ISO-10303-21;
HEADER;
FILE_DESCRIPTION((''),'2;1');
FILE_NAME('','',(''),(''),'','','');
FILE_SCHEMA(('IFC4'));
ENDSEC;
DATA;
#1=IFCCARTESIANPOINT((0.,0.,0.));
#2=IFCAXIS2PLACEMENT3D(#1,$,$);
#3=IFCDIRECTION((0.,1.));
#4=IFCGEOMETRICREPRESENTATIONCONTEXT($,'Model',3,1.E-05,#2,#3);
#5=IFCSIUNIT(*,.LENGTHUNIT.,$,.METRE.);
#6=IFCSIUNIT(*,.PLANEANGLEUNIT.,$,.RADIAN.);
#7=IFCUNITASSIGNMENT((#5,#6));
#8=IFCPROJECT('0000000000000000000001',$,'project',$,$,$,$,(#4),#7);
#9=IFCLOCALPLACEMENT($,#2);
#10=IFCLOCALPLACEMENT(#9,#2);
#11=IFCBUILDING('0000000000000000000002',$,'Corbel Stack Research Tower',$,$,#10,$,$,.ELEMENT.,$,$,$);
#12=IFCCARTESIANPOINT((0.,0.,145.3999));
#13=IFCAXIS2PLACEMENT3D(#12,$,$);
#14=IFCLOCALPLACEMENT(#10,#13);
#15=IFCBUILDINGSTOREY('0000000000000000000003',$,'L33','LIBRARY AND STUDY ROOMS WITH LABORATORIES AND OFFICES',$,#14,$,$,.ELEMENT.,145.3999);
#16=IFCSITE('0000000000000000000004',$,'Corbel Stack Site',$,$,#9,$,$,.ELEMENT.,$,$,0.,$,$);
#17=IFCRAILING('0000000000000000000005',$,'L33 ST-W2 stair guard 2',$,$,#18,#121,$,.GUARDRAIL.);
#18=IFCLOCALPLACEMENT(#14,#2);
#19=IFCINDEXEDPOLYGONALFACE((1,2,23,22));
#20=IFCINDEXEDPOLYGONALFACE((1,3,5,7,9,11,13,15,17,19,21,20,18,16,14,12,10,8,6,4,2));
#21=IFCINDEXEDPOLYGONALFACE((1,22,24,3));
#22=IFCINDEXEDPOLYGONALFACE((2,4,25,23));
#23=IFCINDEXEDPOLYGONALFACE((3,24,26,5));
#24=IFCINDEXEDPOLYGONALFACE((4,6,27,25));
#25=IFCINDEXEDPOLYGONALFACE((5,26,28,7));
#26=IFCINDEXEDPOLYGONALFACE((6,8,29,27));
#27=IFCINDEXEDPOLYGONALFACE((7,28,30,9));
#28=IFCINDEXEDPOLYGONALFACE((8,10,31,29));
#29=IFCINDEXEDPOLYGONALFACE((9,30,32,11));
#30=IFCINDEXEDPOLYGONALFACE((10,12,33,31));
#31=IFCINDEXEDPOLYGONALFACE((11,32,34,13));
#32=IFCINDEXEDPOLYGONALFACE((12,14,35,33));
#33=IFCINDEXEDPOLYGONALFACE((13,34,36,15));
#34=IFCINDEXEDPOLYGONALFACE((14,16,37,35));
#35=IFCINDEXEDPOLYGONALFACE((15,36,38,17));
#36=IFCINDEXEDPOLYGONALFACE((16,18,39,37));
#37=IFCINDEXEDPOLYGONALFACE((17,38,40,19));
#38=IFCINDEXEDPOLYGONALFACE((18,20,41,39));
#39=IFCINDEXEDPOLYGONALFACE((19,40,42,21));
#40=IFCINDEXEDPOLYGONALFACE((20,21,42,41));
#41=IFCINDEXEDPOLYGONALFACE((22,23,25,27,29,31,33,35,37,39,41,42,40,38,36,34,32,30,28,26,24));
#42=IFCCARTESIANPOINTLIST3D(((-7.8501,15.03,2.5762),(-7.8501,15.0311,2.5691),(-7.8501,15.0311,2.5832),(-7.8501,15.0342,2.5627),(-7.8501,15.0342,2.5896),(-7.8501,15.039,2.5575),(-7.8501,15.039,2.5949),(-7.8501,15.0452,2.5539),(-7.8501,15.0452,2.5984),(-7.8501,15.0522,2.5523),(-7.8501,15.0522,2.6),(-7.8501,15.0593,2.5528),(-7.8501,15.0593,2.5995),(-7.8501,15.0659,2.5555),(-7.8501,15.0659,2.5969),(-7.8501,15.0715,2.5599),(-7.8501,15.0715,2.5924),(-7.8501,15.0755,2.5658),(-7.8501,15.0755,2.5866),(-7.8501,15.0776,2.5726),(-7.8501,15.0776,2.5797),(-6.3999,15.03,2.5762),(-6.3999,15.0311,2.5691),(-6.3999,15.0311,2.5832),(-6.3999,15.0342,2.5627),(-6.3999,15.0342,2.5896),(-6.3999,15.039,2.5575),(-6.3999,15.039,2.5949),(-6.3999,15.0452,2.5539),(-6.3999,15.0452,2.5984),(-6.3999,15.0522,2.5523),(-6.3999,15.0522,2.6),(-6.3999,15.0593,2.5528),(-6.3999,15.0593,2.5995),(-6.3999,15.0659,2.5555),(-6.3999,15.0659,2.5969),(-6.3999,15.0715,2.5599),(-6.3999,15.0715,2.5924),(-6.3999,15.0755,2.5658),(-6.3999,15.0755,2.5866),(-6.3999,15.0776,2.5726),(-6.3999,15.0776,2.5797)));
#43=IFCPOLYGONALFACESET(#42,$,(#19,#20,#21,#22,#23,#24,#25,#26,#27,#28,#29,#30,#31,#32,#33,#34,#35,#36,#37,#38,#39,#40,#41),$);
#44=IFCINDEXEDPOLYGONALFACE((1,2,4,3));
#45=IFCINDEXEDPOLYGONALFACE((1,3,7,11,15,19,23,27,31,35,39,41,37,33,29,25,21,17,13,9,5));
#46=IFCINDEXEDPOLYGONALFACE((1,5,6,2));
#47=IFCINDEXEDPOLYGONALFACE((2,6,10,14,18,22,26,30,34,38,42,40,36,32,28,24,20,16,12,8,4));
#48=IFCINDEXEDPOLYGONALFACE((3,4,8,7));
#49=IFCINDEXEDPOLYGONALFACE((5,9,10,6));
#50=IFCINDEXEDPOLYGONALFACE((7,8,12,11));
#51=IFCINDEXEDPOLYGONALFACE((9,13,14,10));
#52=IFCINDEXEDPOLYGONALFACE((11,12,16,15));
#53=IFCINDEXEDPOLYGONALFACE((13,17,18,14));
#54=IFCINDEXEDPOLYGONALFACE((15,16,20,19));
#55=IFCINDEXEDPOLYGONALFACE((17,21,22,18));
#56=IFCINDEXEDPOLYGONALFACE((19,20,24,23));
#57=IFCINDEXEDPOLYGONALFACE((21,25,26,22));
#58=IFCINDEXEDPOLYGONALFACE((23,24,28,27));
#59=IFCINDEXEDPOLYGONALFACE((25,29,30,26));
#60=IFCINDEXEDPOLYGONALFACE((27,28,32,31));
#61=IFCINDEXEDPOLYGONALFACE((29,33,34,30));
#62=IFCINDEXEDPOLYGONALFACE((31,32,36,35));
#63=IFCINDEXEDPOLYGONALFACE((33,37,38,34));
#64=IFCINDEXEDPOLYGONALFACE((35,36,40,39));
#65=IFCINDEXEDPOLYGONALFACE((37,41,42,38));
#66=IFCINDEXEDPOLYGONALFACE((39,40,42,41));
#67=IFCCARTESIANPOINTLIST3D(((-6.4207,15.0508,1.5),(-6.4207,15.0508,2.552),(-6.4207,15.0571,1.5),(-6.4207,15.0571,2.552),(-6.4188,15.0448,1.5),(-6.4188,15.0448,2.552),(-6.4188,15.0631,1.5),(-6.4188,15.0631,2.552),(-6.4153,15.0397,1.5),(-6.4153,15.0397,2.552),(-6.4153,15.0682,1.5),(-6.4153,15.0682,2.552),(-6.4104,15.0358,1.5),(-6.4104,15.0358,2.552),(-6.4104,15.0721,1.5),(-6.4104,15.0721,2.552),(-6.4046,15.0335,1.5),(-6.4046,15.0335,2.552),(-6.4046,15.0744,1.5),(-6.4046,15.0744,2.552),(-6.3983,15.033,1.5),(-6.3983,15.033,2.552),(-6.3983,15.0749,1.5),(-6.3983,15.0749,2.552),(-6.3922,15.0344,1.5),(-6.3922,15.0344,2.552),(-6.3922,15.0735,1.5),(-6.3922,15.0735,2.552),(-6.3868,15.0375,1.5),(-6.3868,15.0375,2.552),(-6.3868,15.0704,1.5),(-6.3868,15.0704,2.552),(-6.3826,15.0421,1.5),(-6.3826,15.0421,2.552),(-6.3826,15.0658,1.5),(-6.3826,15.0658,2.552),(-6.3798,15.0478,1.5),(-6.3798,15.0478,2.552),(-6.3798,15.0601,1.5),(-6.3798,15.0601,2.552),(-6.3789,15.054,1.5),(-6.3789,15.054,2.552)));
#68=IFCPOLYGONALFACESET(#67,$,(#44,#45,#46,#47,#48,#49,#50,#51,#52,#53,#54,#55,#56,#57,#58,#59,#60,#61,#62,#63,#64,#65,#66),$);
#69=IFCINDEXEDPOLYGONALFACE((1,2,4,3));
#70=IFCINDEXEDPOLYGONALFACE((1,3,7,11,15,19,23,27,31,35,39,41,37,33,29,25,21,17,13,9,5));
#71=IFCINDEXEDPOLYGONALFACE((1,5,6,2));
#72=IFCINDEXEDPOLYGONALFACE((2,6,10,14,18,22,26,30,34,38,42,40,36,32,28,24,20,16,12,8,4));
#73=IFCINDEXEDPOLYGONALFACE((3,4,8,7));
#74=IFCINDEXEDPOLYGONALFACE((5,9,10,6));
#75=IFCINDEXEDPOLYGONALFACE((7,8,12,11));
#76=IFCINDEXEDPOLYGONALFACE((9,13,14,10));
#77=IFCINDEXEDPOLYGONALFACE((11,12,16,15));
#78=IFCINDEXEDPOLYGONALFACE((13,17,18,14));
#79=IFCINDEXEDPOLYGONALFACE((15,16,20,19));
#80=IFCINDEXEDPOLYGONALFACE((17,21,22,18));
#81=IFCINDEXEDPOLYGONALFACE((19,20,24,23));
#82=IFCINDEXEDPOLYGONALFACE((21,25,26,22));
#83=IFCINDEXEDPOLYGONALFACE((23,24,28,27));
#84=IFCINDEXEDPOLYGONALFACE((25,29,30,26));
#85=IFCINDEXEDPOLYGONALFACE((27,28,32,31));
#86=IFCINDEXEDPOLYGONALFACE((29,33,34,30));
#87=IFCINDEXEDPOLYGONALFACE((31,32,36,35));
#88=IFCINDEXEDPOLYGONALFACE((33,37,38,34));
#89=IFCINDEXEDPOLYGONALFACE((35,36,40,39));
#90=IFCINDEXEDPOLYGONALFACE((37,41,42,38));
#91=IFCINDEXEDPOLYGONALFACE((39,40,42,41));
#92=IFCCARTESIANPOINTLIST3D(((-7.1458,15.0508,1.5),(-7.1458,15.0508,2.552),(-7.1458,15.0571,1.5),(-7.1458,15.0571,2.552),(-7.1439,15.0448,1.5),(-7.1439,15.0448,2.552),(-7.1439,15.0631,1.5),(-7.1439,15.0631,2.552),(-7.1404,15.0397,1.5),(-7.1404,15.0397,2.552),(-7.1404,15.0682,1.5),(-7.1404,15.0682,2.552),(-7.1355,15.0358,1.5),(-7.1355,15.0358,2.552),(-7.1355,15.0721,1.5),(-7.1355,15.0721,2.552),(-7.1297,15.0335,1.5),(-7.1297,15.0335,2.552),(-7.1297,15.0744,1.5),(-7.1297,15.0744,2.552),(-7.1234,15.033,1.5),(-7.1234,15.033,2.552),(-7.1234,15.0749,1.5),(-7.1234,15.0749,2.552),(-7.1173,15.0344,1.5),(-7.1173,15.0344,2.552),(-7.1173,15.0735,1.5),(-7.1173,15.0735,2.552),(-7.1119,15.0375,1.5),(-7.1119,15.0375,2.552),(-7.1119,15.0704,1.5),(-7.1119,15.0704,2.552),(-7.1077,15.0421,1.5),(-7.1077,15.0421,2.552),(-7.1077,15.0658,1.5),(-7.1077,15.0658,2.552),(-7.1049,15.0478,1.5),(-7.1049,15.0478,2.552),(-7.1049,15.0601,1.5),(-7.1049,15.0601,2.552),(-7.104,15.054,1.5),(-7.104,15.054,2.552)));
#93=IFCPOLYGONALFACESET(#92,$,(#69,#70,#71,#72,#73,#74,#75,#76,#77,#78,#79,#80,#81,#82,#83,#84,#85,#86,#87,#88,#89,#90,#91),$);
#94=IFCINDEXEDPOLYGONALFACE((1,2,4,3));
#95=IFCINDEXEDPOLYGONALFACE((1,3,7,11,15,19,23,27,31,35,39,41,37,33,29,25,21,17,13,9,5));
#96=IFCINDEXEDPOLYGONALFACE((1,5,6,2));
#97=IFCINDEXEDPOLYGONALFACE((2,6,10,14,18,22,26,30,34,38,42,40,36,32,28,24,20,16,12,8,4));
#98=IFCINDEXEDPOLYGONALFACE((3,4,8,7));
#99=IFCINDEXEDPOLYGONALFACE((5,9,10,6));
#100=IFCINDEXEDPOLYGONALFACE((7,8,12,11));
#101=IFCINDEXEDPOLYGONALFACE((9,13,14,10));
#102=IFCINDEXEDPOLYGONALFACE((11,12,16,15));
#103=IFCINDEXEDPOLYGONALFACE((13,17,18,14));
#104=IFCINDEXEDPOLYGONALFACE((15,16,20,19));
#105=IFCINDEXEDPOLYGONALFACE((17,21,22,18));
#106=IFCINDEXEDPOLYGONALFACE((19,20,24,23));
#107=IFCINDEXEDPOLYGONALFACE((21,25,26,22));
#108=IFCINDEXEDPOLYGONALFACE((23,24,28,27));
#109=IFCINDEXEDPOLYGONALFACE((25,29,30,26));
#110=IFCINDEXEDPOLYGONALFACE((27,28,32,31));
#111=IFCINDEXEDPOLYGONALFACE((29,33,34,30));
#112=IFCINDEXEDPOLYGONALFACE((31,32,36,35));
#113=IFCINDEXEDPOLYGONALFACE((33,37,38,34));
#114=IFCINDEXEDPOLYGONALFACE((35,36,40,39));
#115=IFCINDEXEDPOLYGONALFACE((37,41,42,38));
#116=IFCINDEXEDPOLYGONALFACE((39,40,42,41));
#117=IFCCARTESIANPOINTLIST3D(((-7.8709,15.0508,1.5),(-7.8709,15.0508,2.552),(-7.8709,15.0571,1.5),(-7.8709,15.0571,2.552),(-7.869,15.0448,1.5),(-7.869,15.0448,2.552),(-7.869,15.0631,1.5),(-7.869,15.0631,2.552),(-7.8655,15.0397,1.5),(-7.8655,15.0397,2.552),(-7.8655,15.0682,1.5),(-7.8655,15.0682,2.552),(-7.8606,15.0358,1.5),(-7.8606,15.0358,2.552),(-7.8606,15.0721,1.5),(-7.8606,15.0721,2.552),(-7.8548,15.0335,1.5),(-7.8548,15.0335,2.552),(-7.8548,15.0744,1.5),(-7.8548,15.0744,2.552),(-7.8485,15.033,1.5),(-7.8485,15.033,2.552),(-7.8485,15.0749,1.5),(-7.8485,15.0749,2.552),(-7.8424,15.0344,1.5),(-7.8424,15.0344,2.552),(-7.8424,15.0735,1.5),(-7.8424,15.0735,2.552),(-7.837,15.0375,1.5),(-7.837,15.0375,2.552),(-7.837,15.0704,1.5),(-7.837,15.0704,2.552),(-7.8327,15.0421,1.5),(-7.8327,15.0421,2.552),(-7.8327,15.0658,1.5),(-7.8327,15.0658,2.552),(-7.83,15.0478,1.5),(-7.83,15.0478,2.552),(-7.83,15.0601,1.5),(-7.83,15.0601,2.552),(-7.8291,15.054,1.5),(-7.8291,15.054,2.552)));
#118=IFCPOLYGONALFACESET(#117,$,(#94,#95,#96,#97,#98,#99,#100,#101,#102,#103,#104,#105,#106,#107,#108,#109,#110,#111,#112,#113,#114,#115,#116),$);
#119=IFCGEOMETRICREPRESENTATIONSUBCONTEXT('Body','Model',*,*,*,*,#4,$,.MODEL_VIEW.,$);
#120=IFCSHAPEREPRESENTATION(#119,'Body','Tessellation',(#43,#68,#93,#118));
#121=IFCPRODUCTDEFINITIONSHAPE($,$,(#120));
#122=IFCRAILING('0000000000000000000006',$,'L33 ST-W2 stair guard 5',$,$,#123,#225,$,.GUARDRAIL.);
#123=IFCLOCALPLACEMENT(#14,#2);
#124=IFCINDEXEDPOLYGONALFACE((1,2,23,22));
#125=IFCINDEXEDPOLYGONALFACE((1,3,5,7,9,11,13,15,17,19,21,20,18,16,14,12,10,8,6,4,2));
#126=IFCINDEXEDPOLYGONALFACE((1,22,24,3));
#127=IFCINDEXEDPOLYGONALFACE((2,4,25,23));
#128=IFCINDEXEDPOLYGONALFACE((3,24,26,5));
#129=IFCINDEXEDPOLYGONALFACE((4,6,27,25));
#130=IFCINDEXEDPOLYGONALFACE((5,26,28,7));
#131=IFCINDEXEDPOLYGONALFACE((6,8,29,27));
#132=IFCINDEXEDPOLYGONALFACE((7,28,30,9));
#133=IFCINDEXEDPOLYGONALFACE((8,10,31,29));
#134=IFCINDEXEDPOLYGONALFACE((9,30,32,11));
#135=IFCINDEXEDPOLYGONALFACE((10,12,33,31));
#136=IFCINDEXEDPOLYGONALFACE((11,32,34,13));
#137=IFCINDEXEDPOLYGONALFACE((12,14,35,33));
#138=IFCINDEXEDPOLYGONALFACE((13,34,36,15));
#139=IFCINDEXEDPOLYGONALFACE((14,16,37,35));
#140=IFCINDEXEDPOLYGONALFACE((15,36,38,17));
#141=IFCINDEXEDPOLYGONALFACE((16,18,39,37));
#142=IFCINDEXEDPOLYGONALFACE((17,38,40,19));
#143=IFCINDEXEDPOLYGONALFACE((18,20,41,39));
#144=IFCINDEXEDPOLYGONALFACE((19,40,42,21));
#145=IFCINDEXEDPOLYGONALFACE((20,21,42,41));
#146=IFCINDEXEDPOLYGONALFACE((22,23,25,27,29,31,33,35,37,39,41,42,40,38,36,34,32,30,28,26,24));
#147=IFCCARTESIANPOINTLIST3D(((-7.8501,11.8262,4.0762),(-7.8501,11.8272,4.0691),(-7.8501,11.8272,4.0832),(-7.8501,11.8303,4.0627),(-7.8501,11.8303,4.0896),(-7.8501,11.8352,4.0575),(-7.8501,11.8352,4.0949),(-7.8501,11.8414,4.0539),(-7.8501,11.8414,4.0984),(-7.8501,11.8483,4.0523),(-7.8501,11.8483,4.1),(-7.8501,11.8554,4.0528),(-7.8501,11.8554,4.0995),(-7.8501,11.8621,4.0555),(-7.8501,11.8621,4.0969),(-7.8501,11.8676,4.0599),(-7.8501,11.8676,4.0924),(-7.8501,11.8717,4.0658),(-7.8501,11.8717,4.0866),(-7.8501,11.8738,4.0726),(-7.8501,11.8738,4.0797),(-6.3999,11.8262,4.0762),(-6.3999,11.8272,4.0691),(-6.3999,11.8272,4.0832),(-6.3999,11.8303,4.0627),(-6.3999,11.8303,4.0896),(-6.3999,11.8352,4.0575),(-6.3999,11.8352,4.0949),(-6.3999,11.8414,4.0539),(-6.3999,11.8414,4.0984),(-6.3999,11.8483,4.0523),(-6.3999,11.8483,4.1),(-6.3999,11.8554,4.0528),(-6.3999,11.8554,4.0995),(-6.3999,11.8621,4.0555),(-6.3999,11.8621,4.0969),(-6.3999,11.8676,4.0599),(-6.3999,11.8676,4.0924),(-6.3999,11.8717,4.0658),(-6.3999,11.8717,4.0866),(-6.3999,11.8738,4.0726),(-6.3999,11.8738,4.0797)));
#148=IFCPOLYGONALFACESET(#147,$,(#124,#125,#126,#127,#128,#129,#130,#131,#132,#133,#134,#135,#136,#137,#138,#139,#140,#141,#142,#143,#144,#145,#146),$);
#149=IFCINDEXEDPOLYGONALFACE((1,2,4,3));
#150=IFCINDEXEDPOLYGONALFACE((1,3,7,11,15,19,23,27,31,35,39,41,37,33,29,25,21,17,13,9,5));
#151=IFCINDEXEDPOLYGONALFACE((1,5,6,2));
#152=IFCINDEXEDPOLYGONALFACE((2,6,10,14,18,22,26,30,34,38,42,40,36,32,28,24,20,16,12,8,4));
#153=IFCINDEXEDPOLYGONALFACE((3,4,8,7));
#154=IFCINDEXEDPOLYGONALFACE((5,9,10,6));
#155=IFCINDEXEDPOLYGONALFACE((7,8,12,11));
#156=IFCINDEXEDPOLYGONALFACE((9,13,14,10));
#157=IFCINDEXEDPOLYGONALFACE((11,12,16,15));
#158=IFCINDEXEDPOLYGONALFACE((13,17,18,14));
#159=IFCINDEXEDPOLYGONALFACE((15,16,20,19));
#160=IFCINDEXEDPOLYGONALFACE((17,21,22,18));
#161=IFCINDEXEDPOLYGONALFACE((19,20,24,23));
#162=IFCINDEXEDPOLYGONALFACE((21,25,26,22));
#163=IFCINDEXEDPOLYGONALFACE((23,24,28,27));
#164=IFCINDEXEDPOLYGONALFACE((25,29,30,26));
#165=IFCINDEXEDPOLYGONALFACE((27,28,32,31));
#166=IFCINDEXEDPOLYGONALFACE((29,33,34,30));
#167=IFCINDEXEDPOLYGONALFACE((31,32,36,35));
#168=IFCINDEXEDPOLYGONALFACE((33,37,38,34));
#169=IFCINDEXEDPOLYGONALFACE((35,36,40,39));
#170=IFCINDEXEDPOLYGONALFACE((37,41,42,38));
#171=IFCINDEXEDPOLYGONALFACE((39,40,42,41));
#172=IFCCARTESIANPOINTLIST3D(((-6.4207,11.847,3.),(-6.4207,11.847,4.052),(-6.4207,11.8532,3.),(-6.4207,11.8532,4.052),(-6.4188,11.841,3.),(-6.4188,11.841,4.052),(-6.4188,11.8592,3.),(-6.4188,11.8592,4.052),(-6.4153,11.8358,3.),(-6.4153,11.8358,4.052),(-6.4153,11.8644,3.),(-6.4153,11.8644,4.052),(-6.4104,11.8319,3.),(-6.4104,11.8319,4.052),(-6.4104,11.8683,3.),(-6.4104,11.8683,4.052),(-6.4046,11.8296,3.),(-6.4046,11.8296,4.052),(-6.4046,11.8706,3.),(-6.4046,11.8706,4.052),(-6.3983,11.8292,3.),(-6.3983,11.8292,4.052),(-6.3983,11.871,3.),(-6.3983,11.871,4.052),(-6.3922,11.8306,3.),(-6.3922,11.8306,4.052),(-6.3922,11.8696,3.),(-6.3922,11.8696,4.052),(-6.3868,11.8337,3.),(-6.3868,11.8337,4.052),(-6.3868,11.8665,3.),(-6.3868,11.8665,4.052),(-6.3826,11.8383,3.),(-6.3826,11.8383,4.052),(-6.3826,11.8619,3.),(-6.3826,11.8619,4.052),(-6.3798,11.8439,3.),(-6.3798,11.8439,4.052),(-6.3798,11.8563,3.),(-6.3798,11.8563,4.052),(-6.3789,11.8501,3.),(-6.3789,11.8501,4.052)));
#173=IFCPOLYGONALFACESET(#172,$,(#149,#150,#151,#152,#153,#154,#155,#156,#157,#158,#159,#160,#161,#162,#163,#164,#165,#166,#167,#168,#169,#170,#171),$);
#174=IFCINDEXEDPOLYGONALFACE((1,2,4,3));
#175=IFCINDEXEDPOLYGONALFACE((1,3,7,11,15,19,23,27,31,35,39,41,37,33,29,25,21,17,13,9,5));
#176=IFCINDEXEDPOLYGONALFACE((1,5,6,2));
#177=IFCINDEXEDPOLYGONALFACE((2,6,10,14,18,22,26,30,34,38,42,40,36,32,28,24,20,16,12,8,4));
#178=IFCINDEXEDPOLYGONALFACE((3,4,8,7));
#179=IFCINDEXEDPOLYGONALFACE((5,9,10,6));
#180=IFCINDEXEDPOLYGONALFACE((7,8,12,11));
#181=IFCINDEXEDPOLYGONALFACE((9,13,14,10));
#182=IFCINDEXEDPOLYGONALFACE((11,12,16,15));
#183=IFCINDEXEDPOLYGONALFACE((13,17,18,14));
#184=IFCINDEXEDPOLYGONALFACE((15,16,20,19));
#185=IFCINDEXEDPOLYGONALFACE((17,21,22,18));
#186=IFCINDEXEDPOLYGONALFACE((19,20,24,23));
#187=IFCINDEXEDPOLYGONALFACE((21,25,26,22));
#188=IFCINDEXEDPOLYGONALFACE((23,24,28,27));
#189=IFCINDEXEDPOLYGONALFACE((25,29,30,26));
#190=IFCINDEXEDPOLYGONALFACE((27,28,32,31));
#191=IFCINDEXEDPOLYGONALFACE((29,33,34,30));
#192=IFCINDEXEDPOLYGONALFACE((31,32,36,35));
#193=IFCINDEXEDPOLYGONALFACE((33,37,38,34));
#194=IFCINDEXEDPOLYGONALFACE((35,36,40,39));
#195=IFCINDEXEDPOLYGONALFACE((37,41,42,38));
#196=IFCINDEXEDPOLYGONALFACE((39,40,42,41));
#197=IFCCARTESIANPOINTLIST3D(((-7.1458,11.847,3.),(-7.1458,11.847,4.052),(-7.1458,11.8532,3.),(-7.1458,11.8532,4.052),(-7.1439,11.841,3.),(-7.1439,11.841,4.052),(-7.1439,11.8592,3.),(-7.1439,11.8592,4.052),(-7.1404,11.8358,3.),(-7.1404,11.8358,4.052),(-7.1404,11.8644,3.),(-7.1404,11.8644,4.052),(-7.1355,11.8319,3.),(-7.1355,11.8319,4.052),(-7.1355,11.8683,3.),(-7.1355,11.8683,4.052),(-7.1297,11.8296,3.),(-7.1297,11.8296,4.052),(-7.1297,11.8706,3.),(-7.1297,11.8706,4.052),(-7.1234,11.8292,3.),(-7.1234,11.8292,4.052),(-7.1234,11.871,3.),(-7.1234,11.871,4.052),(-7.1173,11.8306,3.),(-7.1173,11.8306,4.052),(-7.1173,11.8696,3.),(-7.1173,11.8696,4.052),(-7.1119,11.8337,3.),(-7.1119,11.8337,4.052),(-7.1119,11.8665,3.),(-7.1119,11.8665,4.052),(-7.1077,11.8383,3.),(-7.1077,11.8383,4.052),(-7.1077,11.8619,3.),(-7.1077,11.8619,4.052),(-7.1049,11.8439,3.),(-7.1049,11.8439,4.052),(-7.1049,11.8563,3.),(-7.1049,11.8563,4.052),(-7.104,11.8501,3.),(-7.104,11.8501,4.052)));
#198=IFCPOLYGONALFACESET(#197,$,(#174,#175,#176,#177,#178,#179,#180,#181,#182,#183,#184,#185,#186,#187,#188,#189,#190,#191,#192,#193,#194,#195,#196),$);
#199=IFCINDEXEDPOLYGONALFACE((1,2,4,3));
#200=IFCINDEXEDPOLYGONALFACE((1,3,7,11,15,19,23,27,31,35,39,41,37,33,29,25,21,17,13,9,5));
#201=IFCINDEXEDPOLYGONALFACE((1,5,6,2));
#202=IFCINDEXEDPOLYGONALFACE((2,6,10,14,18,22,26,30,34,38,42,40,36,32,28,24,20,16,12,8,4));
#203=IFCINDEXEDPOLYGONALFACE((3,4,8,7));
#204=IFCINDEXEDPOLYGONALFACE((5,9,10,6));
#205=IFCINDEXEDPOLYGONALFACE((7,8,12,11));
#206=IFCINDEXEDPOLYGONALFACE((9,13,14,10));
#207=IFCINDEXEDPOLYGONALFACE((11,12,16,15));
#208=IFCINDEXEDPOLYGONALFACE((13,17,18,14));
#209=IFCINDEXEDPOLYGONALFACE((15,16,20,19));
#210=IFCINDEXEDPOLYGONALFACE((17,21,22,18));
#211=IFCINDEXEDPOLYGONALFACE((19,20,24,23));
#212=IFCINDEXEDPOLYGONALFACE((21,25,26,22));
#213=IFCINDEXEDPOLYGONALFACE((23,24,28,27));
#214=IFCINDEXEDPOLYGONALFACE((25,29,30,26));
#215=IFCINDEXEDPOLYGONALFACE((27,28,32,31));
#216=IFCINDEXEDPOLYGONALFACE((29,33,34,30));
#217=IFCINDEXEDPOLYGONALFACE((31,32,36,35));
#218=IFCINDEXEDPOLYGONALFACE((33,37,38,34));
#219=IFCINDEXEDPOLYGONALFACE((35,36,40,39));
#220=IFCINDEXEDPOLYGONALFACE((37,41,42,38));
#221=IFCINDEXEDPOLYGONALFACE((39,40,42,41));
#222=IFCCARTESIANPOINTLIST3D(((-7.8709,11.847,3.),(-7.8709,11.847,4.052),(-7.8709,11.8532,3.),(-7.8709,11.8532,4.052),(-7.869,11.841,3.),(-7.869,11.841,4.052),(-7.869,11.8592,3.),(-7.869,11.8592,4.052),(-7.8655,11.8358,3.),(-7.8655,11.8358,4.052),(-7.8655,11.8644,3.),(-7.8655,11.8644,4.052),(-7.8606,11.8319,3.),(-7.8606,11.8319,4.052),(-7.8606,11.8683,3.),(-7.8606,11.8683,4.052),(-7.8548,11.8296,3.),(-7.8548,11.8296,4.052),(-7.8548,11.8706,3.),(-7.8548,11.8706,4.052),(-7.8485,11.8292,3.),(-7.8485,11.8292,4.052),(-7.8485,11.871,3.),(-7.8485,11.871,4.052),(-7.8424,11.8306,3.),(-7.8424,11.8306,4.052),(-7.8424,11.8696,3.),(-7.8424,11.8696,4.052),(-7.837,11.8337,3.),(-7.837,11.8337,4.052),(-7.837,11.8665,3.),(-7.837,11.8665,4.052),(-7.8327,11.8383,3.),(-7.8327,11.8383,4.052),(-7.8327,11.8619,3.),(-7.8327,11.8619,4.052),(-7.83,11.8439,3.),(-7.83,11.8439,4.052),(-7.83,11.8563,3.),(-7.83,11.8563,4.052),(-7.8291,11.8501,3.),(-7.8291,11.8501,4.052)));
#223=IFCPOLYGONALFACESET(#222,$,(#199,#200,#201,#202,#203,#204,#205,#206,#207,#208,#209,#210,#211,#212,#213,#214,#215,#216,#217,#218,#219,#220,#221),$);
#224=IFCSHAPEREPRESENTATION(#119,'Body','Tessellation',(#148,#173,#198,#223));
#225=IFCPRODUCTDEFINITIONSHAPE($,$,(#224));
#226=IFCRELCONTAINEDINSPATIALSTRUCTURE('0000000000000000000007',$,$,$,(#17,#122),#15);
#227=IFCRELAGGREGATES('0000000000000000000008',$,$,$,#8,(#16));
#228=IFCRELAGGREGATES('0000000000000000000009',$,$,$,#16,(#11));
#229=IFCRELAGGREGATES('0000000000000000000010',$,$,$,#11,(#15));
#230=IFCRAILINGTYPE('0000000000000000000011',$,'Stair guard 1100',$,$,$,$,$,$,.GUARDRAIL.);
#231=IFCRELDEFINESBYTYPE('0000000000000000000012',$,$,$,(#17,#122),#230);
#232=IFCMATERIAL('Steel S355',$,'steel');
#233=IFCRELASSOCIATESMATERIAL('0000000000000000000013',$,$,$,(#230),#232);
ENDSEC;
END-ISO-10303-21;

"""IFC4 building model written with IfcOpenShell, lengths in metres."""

from ifc_helpers import new_model, si_unit, direction, frame, origin, origin_2d, place, context, subcontext, project, spatial, circle, extrude, material, type_object, element, save


model = new_model("IFC4")

# Units and contexts
model_context = context("Model", 3, precision=1e-05, world=origin(), true_north=direction((0.0, 1.0)))
body_context = subcontext(model_context, "Body", "Model", "MODEL_VIEW")
ifc_project = project(units=[si_unit("LENGTHUNIT", "METRE"), si_unit("PLANEANGLEUNIT", "RADIAN")], contexts=[model_context])

# Site, building, storey
site_placement = place(None, origin())
site = spatial("IfcSite", under=ifc_project, at=site_placement, Name="Corbel Stack Site", CompositionType="ELEMENT", RefElevation=0.0)
building_placement = place(site_placement, origin())
building = spatial("IfcBuilding", under=site, at=building_placement, Name="Corbel Stack Research Tower", CompositionType="ELEMENT")
storey_placement = place(building_placement, frame((0.0, 0.0, 145.3999)))
storey = spatial("IfcBuildingStorey", under=building, at=storey_placement, Name="L33", Description="LIBRARY AND STUDY ROOMS WITH LABORATORIES AND OFFICES", CompositionType="ELEMENT", Elevation=145.3999)

# Railings
ifc_material_1 = material(Name="Steel S355", Category="steel")
railing_type_1 = type_object("IfcRailingType", Name="Stair guard 1100", PredefinedType="GUARDRAIL", material=ifc_material_1)
for number, where, name in (
    (1, (-6.3999, 15.054, 1.5), "L33 ST-W2 stair guard 2"),
    (2, (-6.3999, 11.8501, 3.0), "L33 ST-W2 stair guard 5"),
):
    element("IfcRailing", number, at=place(storey_placement, frame(where)), inside=storey, type_object=railing_type_1, Name=name, PredefinedType="GUARDRAIL", context=body_context, shape_type="SweptSolid", body=[
        extrude(circle(Radius=0.0239, at=origin_2d()), frame((0.0, 0.0, 1.0762), z_axis=(-1.0, 0.0, 0.0), x_axis=(0.0, -1.0, 0.0)), (0.0, 0.0, 1.0), 1.4502),
        extrude(circle(Radius=0.021, at=origin_2d()), origin(), (0.0, 0.0, 1.0), 1.052),
        extrude(circle(Radius=0.021, at=origin_2d()), frame((-0.7251, 0.0, 0.0)), (0.0, 0.0, 1.0), 1.052),
        extrude(circle(Radius=0.021, at=origin_2d()), frame((-1.4502, 0.0, 0.0)), (0.0, 0.0, 1.0), 1.052),
    ])

save(model, "model.ifc")
